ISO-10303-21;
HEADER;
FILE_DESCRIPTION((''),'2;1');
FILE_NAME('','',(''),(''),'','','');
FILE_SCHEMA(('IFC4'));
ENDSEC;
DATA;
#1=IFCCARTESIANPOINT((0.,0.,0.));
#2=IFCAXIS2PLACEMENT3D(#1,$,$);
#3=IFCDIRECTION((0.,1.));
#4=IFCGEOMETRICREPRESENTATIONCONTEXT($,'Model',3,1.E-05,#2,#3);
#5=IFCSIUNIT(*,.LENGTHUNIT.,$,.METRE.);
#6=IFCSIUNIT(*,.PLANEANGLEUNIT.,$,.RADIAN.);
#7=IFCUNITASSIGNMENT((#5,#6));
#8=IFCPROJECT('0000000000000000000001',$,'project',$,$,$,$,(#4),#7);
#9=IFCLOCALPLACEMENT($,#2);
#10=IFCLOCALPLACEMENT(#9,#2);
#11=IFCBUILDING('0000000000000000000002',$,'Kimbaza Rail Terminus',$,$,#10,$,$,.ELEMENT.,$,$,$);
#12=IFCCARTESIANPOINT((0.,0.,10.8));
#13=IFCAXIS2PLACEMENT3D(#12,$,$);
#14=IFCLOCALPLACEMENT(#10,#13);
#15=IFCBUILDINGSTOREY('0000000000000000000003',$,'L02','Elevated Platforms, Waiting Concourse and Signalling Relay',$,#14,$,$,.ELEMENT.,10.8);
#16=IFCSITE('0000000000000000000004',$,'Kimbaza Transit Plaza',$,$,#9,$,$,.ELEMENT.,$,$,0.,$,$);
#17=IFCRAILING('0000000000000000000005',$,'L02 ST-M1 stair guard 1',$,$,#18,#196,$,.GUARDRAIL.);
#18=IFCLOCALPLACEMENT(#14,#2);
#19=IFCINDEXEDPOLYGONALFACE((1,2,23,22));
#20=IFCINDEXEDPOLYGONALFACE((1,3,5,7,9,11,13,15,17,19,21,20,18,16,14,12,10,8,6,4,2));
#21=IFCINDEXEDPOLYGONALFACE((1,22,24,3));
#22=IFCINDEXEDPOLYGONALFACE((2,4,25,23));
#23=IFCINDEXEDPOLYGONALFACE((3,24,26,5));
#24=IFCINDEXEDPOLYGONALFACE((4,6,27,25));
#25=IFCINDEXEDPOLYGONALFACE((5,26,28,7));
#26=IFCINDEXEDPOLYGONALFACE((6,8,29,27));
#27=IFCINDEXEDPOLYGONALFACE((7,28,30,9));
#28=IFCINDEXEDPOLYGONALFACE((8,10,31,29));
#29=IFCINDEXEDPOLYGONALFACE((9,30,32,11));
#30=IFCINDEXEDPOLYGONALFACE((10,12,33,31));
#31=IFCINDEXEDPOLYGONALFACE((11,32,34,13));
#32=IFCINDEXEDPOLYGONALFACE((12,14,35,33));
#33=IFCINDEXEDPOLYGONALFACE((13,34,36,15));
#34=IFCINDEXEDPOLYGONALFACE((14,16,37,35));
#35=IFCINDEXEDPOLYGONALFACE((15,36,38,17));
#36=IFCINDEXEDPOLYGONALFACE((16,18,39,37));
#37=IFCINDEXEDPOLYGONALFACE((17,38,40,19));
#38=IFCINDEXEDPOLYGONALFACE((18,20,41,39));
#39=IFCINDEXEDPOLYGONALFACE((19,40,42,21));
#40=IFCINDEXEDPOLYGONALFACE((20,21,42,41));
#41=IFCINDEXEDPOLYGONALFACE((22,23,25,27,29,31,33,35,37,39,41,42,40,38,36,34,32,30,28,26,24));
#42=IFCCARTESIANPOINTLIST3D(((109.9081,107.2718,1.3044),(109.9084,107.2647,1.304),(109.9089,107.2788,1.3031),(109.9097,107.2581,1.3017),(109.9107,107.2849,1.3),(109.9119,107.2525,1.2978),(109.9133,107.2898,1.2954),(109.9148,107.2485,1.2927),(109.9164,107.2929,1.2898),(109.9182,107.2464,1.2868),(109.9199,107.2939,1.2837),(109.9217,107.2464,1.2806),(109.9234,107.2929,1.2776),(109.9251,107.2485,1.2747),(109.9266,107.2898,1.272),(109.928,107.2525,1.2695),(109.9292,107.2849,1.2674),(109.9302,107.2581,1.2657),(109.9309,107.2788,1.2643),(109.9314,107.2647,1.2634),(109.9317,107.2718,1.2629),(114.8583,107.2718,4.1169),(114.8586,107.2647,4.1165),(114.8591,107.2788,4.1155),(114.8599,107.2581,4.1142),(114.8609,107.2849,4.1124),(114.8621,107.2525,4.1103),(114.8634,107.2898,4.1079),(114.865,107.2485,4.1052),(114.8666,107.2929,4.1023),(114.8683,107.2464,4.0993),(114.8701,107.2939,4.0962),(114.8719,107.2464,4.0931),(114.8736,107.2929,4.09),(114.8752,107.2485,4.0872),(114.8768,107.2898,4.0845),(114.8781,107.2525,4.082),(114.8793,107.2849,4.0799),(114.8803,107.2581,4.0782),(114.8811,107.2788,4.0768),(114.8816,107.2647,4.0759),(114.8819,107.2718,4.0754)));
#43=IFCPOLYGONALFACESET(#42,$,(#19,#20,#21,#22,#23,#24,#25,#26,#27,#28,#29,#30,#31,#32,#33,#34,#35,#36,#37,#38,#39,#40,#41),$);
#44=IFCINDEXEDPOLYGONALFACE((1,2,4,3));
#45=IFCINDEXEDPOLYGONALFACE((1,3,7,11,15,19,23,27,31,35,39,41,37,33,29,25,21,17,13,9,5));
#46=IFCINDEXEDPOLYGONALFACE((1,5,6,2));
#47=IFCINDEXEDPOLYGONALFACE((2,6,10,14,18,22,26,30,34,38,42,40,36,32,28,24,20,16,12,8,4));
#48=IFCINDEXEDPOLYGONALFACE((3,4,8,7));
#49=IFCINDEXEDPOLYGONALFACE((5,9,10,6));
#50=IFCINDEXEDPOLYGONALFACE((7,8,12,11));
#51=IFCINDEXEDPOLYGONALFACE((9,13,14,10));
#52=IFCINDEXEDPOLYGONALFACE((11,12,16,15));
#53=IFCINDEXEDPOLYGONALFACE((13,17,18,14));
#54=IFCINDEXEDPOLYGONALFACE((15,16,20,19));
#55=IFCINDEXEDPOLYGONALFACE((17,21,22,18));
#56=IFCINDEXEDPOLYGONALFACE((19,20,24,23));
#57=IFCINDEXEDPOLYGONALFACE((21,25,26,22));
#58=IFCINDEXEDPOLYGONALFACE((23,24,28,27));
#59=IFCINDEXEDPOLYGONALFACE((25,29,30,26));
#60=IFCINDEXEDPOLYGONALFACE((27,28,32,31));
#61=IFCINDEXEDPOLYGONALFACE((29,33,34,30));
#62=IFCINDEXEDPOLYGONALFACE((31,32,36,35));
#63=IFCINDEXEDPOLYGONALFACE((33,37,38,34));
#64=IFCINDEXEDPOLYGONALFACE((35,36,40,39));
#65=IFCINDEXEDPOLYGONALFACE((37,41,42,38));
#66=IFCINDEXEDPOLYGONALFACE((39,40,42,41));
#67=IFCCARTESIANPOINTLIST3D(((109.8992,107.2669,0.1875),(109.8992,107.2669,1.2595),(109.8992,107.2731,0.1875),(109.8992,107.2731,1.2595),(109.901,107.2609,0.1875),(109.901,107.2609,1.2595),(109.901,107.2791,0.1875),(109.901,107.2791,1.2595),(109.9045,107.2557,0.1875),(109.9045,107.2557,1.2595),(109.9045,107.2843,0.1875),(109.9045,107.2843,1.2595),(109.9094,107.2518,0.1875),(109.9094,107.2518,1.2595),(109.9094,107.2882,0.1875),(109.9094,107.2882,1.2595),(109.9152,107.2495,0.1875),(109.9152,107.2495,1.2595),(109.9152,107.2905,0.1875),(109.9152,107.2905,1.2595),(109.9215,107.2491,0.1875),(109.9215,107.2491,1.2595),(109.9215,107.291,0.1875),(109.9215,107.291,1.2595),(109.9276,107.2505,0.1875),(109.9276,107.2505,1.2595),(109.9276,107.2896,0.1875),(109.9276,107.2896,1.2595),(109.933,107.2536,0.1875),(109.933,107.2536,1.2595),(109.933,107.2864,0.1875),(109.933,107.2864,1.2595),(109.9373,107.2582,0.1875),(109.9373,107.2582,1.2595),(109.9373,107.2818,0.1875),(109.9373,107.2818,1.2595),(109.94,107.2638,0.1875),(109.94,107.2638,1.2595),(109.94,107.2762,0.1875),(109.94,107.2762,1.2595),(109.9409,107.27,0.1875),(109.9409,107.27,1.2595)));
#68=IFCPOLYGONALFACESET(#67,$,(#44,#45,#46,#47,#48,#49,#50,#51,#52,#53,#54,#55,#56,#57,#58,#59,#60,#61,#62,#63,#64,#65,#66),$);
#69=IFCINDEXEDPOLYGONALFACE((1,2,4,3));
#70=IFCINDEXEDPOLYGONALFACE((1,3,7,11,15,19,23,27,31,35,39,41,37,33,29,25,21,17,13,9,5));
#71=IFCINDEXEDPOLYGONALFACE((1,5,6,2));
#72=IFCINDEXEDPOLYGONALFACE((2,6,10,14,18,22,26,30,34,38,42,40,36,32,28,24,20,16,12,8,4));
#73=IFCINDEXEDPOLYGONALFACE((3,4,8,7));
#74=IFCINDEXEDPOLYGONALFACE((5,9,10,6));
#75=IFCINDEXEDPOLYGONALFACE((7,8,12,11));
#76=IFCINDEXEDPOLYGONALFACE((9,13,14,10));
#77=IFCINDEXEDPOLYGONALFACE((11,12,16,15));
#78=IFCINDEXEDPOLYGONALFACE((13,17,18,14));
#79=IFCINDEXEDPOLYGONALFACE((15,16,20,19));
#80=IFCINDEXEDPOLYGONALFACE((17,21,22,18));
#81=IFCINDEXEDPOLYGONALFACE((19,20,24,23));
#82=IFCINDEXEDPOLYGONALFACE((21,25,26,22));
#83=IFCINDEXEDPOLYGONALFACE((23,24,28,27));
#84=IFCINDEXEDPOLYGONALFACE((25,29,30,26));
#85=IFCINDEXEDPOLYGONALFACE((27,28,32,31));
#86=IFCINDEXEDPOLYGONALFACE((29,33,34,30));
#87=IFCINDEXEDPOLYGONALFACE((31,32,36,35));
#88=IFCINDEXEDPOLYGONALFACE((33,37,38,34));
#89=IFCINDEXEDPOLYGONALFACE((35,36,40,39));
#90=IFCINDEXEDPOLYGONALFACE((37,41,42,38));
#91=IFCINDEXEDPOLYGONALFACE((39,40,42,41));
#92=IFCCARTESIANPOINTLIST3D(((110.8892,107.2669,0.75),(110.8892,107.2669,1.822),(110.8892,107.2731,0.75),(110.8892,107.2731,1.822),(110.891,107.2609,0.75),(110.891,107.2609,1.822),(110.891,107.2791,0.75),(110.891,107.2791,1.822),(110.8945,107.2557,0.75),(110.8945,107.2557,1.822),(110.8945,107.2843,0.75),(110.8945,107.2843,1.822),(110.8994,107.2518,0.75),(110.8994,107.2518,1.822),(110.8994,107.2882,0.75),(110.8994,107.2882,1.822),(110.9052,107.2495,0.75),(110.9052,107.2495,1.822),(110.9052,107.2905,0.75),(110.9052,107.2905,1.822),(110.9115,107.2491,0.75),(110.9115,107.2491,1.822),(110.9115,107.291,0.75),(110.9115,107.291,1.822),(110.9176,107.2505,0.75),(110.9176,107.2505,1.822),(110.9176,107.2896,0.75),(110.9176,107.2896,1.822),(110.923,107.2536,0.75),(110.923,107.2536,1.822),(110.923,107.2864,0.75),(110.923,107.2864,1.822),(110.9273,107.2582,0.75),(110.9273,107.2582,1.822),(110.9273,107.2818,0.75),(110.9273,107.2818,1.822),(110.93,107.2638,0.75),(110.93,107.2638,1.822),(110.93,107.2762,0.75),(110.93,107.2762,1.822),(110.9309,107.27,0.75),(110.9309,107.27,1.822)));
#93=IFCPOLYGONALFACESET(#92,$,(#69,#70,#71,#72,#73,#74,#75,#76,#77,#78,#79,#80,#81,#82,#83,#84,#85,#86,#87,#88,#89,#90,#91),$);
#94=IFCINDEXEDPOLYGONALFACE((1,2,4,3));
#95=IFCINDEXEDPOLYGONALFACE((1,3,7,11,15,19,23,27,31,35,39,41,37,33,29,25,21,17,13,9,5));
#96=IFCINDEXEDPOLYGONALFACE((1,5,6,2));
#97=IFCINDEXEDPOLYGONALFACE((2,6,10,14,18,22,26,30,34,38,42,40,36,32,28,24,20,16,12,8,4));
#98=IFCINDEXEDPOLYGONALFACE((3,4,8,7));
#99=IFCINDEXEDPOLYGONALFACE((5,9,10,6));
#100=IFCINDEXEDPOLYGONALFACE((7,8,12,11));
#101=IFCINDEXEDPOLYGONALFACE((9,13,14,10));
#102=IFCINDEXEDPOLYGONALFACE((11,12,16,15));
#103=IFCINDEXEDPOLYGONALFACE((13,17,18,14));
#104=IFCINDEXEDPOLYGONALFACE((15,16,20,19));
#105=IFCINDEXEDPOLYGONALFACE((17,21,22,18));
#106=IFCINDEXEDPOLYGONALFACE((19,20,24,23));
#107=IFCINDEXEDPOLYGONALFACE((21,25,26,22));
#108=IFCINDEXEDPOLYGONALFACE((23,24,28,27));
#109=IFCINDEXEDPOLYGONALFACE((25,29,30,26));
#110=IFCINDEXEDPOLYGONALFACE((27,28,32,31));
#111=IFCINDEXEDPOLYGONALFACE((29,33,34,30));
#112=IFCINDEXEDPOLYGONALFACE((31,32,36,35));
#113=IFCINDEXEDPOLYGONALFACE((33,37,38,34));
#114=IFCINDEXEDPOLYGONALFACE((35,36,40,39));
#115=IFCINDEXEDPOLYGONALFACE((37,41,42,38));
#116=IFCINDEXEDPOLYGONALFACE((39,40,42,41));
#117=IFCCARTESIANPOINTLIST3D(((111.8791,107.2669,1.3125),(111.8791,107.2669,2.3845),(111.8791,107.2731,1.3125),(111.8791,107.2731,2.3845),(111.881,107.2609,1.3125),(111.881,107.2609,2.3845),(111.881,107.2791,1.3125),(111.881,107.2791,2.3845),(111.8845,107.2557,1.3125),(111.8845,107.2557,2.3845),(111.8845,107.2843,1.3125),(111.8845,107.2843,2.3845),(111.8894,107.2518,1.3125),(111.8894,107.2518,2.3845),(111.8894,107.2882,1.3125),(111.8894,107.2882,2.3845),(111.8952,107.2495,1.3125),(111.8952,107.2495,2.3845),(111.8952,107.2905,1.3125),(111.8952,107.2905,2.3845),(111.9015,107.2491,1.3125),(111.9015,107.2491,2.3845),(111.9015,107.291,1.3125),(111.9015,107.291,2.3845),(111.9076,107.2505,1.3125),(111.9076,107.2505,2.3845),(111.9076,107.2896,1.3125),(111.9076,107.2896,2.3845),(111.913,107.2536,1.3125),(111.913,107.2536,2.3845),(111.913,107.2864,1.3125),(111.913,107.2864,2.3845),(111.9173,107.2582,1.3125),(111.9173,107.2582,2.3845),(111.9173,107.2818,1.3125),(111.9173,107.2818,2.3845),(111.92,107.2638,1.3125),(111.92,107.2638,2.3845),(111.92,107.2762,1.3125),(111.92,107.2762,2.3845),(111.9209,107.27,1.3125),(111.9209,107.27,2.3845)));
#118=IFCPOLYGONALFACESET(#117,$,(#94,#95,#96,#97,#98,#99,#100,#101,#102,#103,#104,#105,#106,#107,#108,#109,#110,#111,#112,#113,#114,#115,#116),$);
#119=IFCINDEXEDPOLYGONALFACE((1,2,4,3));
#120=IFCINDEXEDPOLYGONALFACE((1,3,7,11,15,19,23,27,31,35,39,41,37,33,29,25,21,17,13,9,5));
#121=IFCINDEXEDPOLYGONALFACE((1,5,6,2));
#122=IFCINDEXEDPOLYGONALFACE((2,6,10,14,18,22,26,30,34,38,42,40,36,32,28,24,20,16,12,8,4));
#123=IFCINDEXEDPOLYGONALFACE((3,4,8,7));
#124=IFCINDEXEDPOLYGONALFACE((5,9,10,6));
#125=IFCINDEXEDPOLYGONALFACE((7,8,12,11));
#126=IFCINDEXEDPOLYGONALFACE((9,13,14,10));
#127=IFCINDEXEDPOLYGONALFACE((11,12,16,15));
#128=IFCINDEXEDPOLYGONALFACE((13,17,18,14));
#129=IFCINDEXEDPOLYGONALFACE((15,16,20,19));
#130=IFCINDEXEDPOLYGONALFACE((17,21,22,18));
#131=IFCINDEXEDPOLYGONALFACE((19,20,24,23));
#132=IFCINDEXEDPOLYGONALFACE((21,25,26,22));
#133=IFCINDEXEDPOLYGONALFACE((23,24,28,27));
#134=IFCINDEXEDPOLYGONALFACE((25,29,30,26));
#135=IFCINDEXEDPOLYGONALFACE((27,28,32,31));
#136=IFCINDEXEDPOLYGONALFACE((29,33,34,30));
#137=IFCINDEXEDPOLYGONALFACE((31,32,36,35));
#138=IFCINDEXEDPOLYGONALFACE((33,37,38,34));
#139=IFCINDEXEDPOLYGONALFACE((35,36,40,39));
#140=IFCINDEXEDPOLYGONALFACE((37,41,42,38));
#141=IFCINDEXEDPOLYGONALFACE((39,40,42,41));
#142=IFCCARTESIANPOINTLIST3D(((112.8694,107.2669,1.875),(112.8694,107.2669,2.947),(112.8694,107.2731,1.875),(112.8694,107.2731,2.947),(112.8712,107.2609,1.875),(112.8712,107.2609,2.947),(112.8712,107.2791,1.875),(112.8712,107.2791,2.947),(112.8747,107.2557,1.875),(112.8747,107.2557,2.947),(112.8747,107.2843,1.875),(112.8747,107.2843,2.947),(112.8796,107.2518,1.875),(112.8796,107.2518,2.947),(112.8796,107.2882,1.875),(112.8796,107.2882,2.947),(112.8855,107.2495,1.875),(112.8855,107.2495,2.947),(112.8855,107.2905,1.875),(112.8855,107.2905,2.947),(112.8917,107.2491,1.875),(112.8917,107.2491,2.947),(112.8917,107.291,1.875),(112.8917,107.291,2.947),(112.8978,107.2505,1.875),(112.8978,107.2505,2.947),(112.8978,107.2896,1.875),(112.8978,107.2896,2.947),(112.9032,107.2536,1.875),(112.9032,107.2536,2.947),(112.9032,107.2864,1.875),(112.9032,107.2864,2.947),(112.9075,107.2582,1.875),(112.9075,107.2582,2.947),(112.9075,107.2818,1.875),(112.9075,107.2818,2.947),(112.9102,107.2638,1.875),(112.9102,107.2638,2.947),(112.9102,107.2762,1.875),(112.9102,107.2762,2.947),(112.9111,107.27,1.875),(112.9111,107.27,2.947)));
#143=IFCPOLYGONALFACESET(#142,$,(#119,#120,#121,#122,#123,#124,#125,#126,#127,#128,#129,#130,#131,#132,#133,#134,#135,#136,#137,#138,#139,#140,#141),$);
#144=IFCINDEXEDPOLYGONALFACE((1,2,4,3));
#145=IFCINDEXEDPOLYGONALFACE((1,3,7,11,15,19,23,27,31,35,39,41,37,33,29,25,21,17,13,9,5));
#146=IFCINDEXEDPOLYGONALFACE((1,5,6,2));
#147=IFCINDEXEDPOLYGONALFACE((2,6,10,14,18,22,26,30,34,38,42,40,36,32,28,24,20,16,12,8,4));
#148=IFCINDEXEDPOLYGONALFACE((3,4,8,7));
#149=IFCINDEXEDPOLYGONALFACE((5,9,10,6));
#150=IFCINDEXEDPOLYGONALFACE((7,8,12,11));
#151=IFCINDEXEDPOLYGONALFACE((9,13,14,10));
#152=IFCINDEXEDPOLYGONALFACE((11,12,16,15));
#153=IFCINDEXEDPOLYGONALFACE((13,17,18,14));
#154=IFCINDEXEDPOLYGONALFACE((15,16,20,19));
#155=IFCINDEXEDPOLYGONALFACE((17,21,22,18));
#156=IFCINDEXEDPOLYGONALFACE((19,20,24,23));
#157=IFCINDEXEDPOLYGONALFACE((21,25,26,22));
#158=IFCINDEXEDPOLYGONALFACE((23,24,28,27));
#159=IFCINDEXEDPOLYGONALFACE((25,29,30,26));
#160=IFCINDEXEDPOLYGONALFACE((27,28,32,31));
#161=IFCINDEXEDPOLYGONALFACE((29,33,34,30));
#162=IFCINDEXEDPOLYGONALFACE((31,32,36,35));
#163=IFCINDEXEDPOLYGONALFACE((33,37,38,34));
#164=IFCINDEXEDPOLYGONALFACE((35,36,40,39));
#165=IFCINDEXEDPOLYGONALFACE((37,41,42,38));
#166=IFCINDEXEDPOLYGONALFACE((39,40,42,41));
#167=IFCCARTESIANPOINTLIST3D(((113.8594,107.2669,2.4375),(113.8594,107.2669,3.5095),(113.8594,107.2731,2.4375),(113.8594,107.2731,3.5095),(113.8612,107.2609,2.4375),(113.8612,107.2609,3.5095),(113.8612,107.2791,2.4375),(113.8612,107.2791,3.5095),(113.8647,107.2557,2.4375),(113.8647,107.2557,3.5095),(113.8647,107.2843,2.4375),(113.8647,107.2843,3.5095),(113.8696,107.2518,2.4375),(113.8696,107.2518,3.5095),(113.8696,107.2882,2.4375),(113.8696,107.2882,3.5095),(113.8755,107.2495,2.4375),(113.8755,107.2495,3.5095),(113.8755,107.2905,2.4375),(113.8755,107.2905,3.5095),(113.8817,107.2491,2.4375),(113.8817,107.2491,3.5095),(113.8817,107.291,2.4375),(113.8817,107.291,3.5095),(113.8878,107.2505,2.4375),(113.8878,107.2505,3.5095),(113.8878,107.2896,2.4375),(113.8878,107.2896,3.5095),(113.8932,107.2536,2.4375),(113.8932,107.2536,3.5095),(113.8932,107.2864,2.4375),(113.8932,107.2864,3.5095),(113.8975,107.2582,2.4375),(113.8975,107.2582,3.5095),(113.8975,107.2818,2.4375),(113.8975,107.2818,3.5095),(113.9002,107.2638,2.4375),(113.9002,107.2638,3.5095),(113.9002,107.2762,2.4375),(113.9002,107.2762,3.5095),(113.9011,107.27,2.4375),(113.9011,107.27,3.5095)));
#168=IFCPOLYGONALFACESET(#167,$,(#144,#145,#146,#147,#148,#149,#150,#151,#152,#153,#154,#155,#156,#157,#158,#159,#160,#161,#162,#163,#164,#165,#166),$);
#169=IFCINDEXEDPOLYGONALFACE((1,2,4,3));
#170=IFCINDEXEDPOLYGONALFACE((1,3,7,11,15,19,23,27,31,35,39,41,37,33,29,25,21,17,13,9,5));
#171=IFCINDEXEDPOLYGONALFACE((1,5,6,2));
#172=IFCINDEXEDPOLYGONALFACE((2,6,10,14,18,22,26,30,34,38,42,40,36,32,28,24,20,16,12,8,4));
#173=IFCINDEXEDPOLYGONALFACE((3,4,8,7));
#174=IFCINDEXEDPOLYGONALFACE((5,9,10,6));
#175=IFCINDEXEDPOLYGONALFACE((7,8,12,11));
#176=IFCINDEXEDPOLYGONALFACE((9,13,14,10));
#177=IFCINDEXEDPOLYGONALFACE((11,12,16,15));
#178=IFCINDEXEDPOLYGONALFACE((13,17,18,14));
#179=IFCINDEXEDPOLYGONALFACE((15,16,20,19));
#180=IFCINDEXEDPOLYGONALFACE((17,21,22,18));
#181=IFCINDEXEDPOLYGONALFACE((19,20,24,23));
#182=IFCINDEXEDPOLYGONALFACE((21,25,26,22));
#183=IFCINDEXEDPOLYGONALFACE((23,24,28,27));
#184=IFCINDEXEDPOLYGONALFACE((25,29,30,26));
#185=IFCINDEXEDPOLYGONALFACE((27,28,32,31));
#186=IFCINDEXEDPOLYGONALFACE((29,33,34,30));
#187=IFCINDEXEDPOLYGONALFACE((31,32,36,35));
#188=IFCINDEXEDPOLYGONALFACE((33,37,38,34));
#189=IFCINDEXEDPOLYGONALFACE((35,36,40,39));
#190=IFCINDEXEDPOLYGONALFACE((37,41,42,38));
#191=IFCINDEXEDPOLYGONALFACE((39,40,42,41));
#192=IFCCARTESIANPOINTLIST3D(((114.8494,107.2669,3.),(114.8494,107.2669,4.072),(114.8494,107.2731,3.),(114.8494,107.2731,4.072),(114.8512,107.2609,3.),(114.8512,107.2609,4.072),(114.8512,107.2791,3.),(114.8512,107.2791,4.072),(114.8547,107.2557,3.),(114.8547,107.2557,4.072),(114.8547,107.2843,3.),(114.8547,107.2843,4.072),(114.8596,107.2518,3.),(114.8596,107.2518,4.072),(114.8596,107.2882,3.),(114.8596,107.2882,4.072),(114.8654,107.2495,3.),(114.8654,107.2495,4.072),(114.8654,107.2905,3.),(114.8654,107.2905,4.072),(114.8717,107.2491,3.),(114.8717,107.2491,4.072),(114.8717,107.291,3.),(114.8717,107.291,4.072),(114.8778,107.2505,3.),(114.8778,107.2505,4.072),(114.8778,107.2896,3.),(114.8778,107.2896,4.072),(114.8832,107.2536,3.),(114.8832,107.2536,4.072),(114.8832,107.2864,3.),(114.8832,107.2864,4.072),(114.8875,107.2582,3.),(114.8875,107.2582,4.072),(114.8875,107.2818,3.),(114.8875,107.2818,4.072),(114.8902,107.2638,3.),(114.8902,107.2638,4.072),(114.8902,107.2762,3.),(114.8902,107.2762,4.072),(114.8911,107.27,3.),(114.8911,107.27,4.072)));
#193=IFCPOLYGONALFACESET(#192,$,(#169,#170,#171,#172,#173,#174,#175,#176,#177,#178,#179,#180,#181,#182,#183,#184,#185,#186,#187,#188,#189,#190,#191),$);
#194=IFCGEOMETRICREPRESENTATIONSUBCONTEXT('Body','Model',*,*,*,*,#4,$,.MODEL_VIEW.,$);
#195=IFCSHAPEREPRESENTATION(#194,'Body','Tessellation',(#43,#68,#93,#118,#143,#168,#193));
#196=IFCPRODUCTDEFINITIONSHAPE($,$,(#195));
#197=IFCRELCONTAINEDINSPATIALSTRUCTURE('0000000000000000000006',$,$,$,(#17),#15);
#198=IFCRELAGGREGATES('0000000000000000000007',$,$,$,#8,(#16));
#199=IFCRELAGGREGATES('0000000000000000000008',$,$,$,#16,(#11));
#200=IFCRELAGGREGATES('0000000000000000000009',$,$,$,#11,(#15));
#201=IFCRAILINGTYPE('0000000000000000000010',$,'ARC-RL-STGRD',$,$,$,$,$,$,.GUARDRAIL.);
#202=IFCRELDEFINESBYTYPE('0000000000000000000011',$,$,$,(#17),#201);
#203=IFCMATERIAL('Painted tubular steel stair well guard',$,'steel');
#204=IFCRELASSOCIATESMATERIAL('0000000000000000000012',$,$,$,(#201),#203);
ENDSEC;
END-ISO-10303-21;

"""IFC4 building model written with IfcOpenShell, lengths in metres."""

from ifc_helpers import new_model, si_unit, direction, frame, origin, origin_2d, place, context, subcontext, project, spatial, circle, extrude, material, type_object, element, save


model = new_model("IFC4")

# Units and contexts
model_context = context("Model", 3, precision=1e-05, world=origin(), true_north=direction((0.0, 1.0)))
body_context = subcontext(model_context, "Body", "Model", "MODEL_VIEW")
ifc_project = project(units=[si_unit("LENGTHUNIT", "METRE"), si_unit("PLANEANGLEUNIT", "RADIAN")], contexts=[model_context])

# Site, building, storey
site_placement = place(None, origin())
site = spatial("IfcSite", under=ifc_project, at=site_placement, Name="Kimbaza Transit Plaza", CompositionType="ELEMENT", RefElevation=0.0)
building_placement = place(site_placement, origin())
building = spatial("IfcBuilding", under=site, at=building_placement, Name="Kimbaza Rail Terminus", CompositionType="ELEMENT")
storey_placement = place(building_placement, frame((0.0, 0.0, 10.8)))
storey = spatial("IfcBuildingStorey", under=building, at=storey_placement, Name="L02", Description="Elevated Platforms, Waiting Concourse and Signalling Relay", CompositionType="ELEMENT", Elevation=10.8)

# Railing
ifc_material_1 = material(Name="Painted tubular steel stair well guard", Category="steel")
railing_type_1 = type_object("IfcRailingType", Name="ARC-RL-STGRD", PredefinedType="GUARDRAIL", material=ifc_material_1)
railing_1_placement = place(storey_placement, frame((109.9199, 107.27, 0.1875)))
element("IfcRailing", 1, at=railing_1_placement, inside=storey, type_object=railing_type_1, Name="L02 ST-M1 stair guard 1", PredefinedType="GUARDRAIL", context=body_context, shape_type="SweptSolid", body=[
    extrude(circle(Radius=0.0239, at=origin_2d()), frame((0.0, 0.0, 1.0962), z_axis=(0.869465, 0.0, 0.493995), x_axis=(0.0, 1.0, 0.0)), (0.0, 0.0, 1.0), 5.6934),
    extrude(circle(Radius=0.021, at=origin_2d()), origin(), (0.0, 0.0, 1.0), 1.072),
    extrude(circle(Radius=0.021, at=origin_2d()), frame((0.99, 0.0, 0.5625)), (0.0, 0.0, 1.0), 1.072),
    extrude(circle(Radius=0.021, at=origin_2d()), frame((1.98, 0.0, 1.125)), (0.0, 0.0, 1.0), 1.072),
    extrude(circle(Radius=0.021, at=origin_2d()), frame((2.9702, 0.0, 1.6875)), (0.0, 0.0, 1.0), 1.072),
    extrude(circle(Radius=0.021, at=origin_2d()), frame((3.9602, 0.0, 2.25)), (0.0, 0.0, 1.0), 1.072),
    extrude(circle(Radius=0.021, at=origin_2d()), frame((4.9502, 0.0, 2.8125)), (0.0, 0.0, 1.0), 1.072),
])

save(model, "model.ifc")
